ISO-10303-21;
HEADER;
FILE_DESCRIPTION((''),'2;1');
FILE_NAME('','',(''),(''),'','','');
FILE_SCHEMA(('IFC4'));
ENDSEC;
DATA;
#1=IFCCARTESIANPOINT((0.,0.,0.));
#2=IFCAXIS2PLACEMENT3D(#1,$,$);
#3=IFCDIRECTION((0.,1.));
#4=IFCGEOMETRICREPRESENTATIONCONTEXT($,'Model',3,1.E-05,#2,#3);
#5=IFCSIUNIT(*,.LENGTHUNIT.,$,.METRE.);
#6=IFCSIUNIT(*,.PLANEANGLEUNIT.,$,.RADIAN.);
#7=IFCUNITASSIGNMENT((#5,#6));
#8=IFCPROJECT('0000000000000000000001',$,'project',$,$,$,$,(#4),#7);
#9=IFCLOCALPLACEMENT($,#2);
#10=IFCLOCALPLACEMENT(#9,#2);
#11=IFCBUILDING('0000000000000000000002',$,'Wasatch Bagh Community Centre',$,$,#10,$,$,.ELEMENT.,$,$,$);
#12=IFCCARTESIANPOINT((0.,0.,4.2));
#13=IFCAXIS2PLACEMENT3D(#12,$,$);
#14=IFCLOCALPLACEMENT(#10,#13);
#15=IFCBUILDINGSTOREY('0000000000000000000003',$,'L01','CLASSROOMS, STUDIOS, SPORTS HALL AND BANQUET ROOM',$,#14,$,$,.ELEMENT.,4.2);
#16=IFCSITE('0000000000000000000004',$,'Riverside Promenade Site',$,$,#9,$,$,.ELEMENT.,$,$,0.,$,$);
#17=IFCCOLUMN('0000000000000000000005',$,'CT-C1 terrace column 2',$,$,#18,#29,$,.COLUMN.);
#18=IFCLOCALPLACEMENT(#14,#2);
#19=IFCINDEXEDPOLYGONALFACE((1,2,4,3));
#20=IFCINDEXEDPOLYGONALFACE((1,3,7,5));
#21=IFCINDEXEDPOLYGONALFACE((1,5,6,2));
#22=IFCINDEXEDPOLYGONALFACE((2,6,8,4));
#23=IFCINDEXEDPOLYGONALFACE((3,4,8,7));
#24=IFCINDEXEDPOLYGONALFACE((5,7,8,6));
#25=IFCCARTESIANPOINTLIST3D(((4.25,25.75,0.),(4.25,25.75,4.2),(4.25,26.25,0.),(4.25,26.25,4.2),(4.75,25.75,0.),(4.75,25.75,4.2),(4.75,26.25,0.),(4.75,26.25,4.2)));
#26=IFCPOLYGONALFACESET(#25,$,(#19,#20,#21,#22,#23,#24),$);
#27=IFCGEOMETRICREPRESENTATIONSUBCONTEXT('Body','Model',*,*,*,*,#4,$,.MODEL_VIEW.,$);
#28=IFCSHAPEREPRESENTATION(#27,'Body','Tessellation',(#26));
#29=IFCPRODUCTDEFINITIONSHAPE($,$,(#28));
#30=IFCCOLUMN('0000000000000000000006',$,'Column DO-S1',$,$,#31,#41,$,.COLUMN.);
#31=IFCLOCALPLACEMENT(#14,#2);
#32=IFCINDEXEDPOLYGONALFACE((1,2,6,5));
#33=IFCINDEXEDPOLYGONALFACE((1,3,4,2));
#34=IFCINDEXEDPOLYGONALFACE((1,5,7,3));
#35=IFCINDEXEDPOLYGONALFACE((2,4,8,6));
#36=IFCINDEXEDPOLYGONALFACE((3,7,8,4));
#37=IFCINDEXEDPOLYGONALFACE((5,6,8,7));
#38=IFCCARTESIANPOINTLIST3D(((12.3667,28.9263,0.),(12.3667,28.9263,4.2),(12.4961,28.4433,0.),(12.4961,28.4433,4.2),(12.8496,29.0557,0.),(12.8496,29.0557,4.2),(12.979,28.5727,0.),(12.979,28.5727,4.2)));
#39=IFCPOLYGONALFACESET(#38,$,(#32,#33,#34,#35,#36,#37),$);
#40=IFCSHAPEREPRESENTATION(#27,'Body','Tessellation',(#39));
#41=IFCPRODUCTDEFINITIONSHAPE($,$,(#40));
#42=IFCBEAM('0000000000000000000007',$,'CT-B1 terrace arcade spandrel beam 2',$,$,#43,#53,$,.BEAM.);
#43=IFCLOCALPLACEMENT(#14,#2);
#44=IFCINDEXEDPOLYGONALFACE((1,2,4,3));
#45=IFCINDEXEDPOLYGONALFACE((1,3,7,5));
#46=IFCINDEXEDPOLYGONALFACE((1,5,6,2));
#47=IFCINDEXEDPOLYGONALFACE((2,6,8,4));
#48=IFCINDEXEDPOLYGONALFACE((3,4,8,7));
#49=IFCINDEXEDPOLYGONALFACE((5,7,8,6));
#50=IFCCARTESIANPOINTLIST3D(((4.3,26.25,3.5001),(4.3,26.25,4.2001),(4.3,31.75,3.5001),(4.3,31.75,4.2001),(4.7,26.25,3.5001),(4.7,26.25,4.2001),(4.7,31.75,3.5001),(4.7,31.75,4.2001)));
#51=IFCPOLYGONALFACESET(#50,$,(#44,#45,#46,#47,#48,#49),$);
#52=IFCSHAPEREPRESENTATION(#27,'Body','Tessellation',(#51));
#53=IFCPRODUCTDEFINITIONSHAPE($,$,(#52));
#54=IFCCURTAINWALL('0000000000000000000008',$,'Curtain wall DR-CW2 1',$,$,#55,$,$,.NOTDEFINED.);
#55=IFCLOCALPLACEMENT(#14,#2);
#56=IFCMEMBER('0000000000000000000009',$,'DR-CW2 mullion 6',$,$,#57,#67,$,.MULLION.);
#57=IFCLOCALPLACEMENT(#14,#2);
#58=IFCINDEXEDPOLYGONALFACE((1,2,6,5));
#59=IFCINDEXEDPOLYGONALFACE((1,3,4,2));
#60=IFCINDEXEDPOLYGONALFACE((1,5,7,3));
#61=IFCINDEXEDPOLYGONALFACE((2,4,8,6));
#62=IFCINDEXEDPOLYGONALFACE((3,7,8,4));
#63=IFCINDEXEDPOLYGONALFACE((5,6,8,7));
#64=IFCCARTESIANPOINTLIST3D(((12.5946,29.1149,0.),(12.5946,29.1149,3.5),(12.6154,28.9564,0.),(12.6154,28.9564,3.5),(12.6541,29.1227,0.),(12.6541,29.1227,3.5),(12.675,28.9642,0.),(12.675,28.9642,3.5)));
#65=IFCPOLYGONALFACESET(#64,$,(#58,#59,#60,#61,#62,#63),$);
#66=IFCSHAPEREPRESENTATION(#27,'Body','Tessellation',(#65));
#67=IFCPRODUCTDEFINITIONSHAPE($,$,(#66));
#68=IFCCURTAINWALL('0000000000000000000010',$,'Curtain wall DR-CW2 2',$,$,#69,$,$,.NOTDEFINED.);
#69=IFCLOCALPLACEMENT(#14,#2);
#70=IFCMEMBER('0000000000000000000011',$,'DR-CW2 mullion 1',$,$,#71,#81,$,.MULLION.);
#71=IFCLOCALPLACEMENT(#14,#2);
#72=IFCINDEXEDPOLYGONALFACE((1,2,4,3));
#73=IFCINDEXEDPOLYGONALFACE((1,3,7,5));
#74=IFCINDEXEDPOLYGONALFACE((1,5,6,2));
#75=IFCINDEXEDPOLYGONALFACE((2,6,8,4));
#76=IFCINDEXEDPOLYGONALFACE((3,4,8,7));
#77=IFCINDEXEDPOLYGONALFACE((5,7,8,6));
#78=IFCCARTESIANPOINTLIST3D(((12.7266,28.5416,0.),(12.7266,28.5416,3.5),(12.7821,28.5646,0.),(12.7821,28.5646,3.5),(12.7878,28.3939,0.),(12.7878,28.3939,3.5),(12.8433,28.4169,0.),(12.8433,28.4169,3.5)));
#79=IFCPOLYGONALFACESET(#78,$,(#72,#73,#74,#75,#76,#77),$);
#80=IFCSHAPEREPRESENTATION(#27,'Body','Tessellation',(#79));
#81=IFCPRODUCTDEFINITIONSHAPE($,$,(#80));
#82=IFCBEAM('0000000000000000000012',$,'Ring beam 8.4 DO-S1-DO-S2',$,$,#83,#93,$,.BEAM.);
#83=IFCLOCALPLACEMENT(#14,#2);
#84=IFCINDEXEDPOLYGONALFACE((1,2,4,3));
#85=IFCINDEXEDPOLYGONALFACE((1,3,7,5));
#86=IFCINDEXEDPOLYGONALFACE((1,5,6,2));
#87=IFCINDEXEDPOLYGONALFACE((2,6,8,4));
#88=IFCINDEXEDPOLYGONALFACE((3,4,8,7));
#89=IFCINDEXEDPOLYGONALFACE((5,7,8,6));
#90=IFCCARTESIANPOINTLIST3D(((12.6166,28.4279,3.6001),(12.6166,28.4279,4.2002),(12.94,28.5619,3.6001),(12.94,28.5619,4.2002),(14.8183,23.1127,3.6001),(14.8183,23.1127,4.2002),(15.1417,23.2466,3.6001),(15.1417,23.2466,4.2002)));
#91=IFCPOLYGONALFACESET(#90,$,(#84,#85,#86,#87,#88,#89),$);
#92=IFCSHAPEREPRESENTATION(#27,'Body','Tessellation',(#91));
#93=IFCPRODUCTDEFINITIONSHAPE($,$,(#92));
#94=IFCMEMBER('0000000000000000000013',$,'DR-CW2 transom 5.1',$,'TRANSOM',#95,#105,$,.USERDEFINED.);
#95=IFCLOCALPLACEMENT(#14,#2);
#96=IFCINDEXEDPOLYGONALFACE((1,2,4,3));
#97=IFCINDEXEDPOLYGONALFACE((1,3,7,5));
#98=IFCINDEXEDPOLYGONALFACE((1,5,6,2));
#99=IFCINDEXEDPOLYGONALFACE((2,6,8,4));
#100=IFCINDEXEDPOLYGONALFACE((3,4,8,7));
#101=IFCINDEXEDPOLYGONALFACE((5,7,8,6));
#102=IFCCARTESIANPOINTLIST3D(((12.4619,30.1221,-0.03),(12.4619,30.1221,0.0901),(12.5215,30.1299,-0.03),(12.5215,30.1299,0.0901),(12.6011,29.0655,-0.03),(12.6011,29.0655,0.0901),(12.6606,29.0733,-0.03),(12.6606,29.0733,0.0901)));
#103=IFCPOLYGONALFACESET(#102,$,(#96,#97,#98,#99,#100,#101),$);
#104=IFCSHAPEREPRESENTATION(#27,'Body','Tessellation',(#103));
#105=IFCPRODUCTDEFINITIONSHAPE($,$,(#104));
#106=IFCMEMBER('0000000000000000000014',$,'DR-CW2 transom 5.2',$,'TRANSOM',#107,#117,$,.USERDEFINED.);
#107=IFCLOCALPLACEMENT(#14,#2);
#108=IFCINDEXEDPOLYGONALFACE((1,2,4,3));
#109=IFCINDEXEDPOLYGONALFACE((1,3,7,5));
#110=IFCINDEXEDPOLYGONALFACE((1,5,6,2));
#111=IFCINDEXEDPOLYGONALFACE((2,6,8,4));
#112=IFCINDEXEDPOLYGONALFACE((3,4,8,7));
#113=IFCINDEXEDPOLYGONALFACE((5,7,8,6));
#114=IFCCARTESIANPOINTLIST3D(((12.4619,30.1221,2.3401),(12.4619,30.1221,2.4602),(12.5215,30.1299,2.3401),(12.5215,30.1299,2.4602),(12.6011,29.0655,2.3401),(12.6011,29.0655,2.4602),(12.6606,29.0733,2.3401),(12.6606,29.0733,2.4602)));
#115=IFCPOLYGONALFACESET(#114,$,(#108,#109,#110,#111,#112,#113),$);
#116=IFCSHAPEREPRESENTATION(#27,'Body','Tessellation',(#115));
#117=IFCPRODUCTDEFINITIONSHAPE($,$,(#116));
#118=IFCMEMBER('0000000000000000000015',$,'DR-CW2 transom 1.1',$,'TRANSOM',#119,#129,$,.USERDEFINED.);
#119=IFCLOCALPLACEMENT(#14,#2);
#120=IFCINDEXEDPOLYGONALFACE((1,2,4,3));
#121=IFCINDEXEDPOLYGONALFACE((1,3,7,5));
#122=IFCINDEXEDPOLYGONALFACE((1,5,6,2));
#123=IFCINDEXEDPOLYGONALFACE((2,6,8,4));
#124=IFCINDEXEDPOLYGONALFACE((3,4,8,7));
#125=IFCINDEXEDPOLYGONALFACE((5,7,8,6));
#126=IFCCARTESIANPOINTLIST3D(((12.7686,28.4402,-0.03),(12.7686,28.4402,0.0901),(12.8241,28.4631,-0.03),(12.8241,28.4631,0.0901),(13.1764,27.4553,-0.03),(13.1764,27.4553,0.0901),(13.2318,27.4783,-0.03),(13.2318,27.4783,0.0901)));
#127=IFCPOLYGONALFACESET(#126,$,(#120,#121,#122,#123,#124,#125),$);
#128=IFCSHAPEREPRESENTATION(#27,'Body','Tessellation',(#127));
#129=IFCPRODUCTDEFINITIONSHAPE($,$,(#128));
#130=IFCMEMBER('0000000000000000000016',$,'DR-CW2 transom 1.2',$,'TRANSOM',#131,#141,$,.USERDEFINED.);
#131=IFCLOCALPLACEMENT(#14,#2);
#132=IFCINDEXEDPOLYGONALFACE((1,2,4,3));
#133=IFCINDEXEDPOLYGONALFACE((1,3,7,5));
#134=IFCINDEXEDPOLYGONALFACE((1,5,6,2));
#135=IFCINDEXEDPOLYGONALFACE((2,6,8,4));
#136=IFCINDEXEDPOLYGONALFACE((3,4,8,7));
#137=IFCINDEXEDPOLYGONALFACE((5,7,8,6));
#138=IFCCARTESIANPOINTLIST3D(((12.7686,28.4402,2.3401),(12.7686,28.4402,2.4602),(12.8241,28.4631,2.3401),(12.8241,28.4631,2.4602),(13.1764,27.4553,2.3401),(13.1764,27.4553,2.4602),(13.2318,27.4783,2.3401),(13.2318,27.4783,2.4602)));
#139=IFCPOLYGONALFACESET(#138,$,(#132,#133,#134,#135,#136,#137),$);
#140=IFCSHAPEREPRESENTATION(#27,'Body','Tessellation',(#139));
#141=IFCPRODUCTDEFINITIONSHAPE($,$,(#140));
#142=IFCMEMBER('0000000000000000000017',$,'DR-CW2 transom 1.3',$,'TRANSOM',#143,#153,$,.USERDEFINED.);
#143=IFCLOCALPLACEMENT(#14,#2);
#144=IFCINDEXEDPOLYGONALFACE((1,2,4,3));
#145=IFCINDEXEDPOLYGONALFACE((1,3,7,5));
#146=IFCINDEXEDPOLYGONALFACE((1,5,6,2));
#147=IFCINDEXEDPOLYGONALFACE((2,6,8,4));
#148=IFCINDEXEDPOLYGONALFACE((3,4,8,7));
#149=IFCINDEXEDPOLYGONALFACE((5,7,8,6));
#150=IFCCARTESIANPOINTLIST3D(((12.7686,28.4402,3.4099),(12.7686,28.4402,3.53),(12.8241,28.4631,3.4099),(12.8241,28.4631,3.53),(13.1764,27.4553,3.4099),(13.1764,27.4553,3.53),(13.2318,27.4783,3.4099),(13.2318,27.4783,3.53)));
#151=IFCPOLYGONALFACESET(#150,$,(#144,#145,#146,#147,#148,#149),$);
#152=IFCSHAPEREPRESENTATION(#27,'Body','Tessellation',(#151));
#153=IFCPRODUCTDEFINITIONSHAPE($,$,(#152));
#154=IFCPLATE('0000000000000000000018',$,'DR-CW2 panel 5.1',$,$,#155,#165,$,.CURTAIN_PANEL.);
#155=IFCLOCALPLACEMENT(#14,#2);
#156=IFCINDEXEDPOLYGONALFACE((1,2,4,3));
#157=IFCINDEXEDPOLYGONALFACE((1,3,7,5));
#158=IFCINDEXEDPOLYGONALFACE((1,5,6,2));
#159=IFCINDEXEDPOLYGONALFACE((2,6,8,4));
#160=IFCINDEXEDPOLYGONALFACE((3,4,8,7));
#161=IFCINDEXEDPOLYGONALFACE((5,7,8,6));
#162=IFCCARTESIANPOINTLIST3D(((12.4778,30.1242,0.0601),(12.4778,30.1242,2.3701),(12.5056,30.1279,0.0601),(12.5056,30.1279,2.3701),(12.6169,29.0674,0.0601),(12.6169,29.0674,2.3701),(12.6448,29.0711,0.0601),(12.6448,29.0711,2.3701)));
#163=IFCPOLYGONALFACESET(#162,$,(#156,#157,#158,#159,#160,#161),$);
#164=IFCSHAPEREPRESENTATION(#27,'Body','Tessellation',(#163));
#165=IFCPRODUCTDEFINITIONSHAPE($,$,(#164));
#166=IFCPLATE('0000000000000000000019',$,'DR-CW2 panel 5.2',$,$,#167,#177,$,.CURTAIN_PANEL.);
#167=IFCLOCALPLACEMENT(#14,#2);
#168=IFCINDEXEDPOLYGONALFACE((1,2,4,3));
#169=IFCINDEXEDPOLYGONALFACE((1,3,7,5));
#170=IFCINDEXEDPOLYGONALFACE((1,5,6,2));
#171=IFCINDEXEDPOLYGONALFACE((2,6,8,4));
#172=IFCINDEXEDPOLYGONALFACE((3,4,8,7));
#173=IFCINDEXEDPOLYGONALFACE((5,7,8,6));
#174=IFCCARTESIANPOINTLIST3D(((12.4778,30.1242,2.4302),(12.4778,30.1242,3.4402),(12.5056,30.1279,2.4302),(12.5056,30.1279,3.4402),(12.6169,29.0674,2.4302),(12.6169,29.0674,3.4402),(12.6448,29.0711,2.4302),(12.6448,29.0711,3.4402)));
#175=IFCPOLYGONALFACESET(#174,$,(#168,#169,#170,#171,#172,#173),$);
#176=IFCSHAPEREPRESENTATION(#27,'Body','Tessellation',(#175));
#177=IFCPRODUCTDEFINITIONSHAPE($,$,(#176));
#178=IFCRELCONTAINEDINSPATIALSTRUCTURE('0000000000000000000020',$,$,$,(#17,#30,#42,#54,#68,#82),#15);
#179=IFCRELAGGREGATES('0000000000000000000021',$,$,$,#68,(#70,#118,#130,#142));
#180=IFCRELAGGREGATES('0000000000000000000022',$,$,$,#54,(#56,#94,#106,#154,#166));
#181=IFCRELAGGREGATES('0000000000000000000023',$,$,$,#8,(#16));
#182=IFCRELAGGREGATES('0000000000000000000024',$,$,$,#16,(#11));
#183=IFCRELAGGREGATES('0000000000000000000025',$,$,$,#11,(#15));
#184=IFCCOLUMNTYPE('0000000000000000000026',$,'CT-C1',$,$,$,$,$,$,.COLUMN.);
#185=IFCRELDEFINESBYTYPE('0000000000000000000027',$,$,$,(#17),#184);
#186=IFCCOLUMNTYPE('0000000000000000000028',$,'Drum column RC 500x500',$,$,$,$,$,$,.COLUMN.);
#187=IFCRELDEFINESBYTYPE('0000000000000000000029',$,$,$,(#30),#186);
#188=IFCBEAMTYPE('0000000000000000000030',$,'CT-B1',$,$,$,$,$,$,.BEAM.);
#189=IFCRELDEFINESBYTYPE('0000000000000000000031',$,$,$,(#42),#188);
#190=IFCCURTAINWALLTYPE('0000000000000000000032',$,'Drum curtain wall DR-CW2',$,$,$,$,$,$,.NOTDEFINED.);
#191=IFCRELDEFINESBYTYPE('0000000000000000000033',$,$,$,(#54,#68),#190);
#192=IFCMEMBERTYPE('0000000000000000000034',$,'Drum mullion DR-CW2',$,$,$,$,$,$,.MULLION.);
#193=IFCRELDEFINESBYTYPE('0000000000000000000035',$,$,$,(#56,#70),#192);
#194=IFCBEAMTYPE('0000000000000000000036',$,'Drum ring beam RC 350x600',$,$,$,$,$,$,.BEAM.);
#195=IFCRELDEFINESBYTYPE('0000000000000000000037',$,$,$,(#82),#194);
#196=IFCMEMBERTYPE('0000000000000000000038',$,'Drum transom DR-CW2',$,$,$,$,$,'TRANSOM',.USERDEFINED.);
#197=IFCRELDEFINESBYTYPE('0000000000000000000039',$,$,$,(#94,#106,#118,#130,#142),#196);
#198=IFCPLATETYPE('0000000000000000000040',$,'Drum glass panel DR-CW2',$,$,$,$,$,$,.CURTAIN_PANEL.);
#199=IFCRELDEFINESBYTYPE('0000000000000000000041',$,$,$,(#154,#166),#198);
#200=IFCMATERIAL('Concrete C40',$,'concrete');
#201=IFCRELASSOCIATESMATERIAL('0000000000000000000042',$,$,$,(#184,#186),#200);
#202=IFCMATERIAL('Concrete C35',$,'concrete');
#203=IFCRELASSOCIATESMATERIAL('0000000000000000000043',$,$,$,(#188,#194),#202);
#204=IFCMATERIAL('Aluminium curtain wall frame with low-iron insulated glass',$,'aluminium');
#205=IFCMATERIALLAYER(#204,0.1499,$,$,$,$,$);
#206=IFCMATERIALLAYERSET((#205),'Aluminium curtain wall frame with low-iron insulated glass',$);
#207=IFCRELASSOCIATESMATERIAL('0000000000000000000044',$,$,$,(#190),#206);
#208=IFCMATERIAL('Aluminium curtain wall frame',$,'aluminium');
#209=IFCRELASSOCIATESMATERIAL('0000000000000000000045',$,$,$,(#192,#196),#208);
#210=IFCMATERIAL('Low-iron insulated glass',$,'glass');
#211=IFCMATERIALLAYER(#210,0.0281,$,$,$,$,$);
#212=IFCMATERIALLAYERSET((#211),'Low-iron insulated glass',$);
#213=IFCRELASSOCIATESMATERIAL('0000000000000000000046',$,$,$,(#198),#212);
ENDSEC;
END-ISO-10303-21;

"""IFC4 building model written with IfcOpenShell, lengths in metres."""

from ifc_helpers import new_model, si_unit, direction, frame, origin, origin_2d, place, context, subcontext, project, spatial, rectangle, extrude, material, layer, layer_set, material_profile, profile_set, type_object, element, aggregate, save


model = new_model("IFC4")

# Units and contexts
model_context = context("Model", 3, precision=1e-05, world=origin(), true_north=direction((0.0, 1.0)))
body_context = subcontext(model_context, "Body", "Model", "MODEL_VIEW")
ifc_project = project(units=[si_unit("LENGTHUNIT", "METRE"), si_unit("PLANEANGLEUNIT", "RADIAN")], contexts=[model_context])

# Site, building, storey
site_placement = place(None, origin())
site = spatial("IfcSite", under=ifc_project, at=site_placement, Name="Riverside Promenade Site", CompositionType="ELEMENT", RefElevation=0.0)
building_placement = place(site_placement, origin())
building = spatial("IfcBuilding", under=site, at=building_placement, Name="Wasatch Bagh Community Centre", CompositionType="ELEMENT")
storey_placement = place(building_placement, frame((0.0, 0.0, 4.2)))
storey = spatial("IfcBuildingStorey", under=building, at=storey_placement, Name="L01", Description="CLASSROOMS, STUDIOS, SPORTS HALL AND BANQUET ROOM", CompositionType="ELEMENT", Elevation=4.2)

# Columns
ifc_material_1 = material(Name="Concrete C40", Category="concrete")
ifc_material_profile_1 = material_profile(ifc_material_1, rectangle(XDim=0.5, YDim=0.5, at=origin_2d()), Name="RC 500x500")
ifc_profile_set_1 = profile_set([ifc_material_profile_1], Name="Concrete C40")
column_type_1 = type_object("IfcColumnType", Name="CT-C1", PredefinedType="COLUMN", material=ifc_profile_set_1)
column_1_placement = place(storey_placement, frame((4.5, 26.0, 0.0), z_axis=(0.0, 0.0, 1.0), x_axis=(1.0, 0.0, 0.0)))
element("IfcColumn", 1, at=column_1_placement, inside=storey, type_object=column_type_1, Name="CT-C1 terrace column 2", PredefinedType="COLUMN", context=body_context, shape_type="SweptSolid", body=[
    extrude(rectangle(XDim=0.5, YDim=0.5, at=origin_2d()), origin(), (0.0, 0.0, 1.0), 4.2),
])
ifc_material_profile_2 = material_profile(ifc_material_1, rectangle(XDim=0.5, YDim=0.5, at=origin_2d()), Name="RC 500x500")
ifc_profile_set_2 = profile_set([ifc_material_profile_2], Name="Concrete C40")
column_type_2 = type_object("IfcColumnType", Name="Drum column RC 500x500", PredefinedType="COLUMN", material=ifc_profile_set_2)
column_2_placement = place(storey_placement, frame((12.6729, 28.7495, 0.0), z_axis=(0.0, 0.0, 1.0), x_axis=(0.965926, 0.258819, 0.0)))
element("IfcColumn", 2, at=column_2_placement, inside=storey, type_object=column_type_2, Name="Column DO-S1", PredefinedType="COLUMN", context=body_context, shape_type="SweptSolid", body=[
    extrude(rectangle(XDim=0.5, YDim=0.5, at=origin_2d()), origin(), (0.0, 0.0, 1.0), 4.2),
])

# Beam
ifc_material_2 = material(Name="Concrete C35", Category="concrete")
ifc_material_profile_3 = material_profile(ifc_material_2, rectangle(XDim=0.3999, YDim=0.7, at=origin_2d()), Name="RC 400x700")
ifc_profile_set_3 = profile_set([ifc_material_profile_3], Name="Concrete C35")
beam_type_1 = type_object("IfcBeamType", Name="CT-B1", PredefinedType="BEAM", material=ifc_profile_set_3)
beam_1_placement = place(storey_placement, frame((4.5, 26.25, 3.8501), z_axis=(0.0, 1.0, 0.0), x_axis=(-1.0, 0.0, 0.0)))
element("IfcBeam", 3, at=beam_1_placement, inside=storey, type_object=beam_type_1, Name="CT-B1 terrace arcade spandrel beam 2", PredefinedType="BEAM", context=body_context, shape_type="SweptSolid", body=[
    extrude(rectangle(XDim=0.3999, YDim=0.7, at=origin_2d()), origin(), (0.0, 0.0, 1.0), 5.5),
])

# Curtain walls, members
ifc_material_3 = material(Name="Aluminium curtain wall frame with low-iron insulated glass", Category="aluminium")
ifc_layer_1 = layer(ifc_material_3, 0.1499)
ifc_layer_set_1 = layer_set([ifc_layer_1], Name="Aluminium curtain wall frame with low-iron insulated glass")
curtain_wall_type = type_object("IfcCurtainWallType", Name="Drum curtain wall DR-CW2", PredefinedType="NOTDEFINED", material=ifc_layer_set_1)
curtain_wall_1_placement = place(storey_placement, origin())
curtain_wall_1 = element("IfcCurtainWall", 4, at=curtain_wall_1_placement, inside=storey, type_object=curtain_wall_type, Name="Curtain wall DR-CW2 1", PredefinedType="NOTDEFINED")
ifc_material_4 = material(Name="Aluminium curtain wall frame", Category="aluminium")
ifc_material_profile_4 = material_profile(ifc_material_4, rectangle(XDim=0.0601, YDim=0.1599, at=origin_2d()), Name="Drum mullion DR-CW2")
ifc_profile_set_4 = profile_set([ifc_material_profile_4], Name="Aluminium curtain wall frame")
member_type_1 = type_object("IfcMemberType", Name="Drum mullion DR-CW2", PredefinedType="MULLION", material=ifc_profile_set_4)
member_1_placement = place(storey_placement, frame((12.6348, 29.0396, 0.0), z_axis=(0.0, 0.0, 1.0), x_axis=(0.991445, 0.130526, 0.0)))
member_1 = element("IfcMember", 5, at=member_1_placement, type_object=member_type_1, Name="DR-CW2 mullion 6", PredefinedType="MULLION", context=body_context, shape_type="SweptSolid", body=[
    extrude(rectangle(XDim=0.0601, YDim=0.1599, at=origin_2d()), origin(), (0.0, 0.0, 1.0), 3.5),
])
curtain_wall_2_placement = place(storey_placement, origin())
curtain_wall_2 = element("IfcCurtainWall", 6, at=curtain_wall_2_placement, inside=storey, type_object=curtain_wall_type, Name="Curtain wall DR-CW2 2", PredefinedType="NOTDEFINED")
member_2_placement = place(storey_placement, frame((12.7849, 28.4792, 0.0), z_axis=(0.0, 0.0, 1.0), x_axis=(0.92388, 0.382683, 0.0)))
member_2 = element("IfcMember", 7, at=member_2_placement, type_object=member_type_1, Name="DR-CW2 mullion 1", PredefinedType="MULLION", context=body_context, shape_type="SweptSolid", body=[
    extrude(rectangle(XDim=0.0601, YDim=0.1599, at=origin_2d()), origin(), (0.0, 0.0, 1.0), 3.5),
])

# Beam
ifc_material_profile_5 = material_profile(ifc_material_2, rectangle(XDim=0.3501, YDim=0.6001, at=origin_2d()), Name="RC 350x600")
ifc_profile_set_5 = profile_set([ifc_material_profile_5], Name="Concrete C35")
beam_type_2 = type_object("IfcBeamType", Name="Drum ring beam RC 350x600", PredefinedType="BEAM", material=ifc_profile_set_5)
beam_2_placement = place(storey_placement, frame((12.7783, 28.4949, 3.9001), z_axis=(0.382689, -0.923877, 0.0), x_axis=(0.923877, 0.382689, 0.0)))
element("IfcBeam", 8, at=beam_2_placement, inside=storey, type_object=beam_type_2, Name="Ring beam 8.4 DO-S1-DO-S2", PredefinedType="BEAM", context=body_context, shape_type="SweptSolid", body=[
    extrude(rectangle(XDim=0.3501, YDim=0.6001, at=origin_2d()), origin(), (0.0, 0.0, 1.0), 5.7532),
])

# Members
ifc_material_profile_6 = material_profile(ifc_material_4, rectangle(XDim=0.0601, YDim=0.1201, at=origin_2d()), Name="Drum transom DR-CW2")
ifc_profile_set_6 = profile_set([ifc_material_profile_6], Name="Aluminium curtain wall frame")
member_type_2 = type_object("IfcMemberType", Name="Drum transom DR-CW2", ElementType="TRANSOM", PredefinedType="USERDEFINED", material=ifc_profile_set_6)
member_3_placement = place(storey_placement, frame((12.4917, 30.126, 0.03), z_axis=(0.130573, -0.991439, 0.0), x_axis=(0.991439, 0.130573, 0.0)))
member_3 = element("IfcMember", 9, at=member_3_placement, type_object=member_type_2, Name="DR-CW2 transom 5.1", ObjectType="TRANSOM", PredefinedType="USERDEFINED", context=body_context, shape_type="SweptSolid", body=[
    extrude(rectangle(XDim=0.0601, YDim=0.1201, at=origin_2d()), origin(), (0.0, 0.0, 1.0), 1.0657),
])
member_4_placement = place(storey_placement, frame((12.4917, 30.126, 2.4001), z_axis=(0.130573, -0.991439, 0.0), x_axis=(0.991439, 0.130573, 0.0)))
member_4 = element("IfcMember", 10, at=member_4_placement, type_object=member_type_2, Name="DR-CW2 transom 5.2", ObjectType="TRANSOM", PredefinedType="USERDEFINED", context=body_context, shape_type="SweptSolid", body=[
    extrude(rectangle(XDim=0.0601, YDim=0.1201, at=origin_2d()), origin(), (0.0, 0.0, 1.0), 1.0657),
])
member_5_placement = place(storey_placement, frame((12.7964, 28.4517, 0.03), z_axis=(0.3825, -0.923955, 0.0), x_axis=(0.923955, 0.3825, 0.0)))
member_5 = element("IfcMember", 11, at=member_5_placement, type_object=member_type_2, Name="DR-CW2 transom 1.1", ObjectType="TRANSOM", PredefinedType="USERDEFINED", context=body_context, shape_type="SweptSolid", body=[
    extrude(rectangle(XDim=0.0601, YDim=0.1201, at=origin_2d()), origin(), (0.0, 0.0, 1.0), 1.0659),
])
member_6_placement = place(storey_placement, frame((12.7964, 28.4517, 2.4001), z_axis=(0.3825, -0.923955, 0.0), x_axis=(0.923955, 0.3825, 0.0)))
member_6 = element("IfcMember", 12, at=member_6_placement, type_object=member_type_2, Name="DR-CW2 transom 1.2", ObjectType="TRANSOM", PredefinedType="USERDEFINED", context=body_context, shape_type="SweptSolid", body=[
    extrude(rectangle(XDim=0.0601, YDim=0.1201, at=origin_2d()), origin(), (0.0, 0.0, 1.0), 1.0659),
])
member_7_placement = place(storey_placement, frame((12.7964, 28.4517, 3.47), z_axis=(0.3825, -0.923955, 0.0), x_axis=(0.923955, 0.3825, 0.0)))
member_7 = element("IfcMember", 13, at=member_7_placement, type_object=member_type_2, Name="DR-CW2 transom 1.3", ObjectType="TRANSOM", PredefinedType="USERDEFINED", context=body_context, shape_type="SweptSolid", body=[
    extrude(rectangle(XDim=0.0601, YDim=0.1201, at=origin_2d()), origin(), (0.0, 0.0, 1.0), 1.0659),
])
aggregate(curtain_wall_2, [member_2, member_5, member_6, member_7])

# Plates
ifc_material_5 = material(Name="Low-iron insulated glass", Category="glass")
ifc_layer_2 = layer(ifc_material_5, 0.0281)
ifc_layer_set_2 = layer_set([ifc_layer_2], Name="Low-iron insulated glass")
plate_type = type_object("IfcPlateType", Name="Drum glass panel DR-CW2", PredefinedType="CURTAIN_PANEL", material=ifc_layer_set_2)
plate_1_placement = place(storey_placement, frame((12.5613, 29.5977, 0.0601), z_axis=(0.0, 0.0, 1.0), x_axis=(0.130526, -0.991445, 0.0)))
plate_1 = element("IfcPlate", 14, at=plate_1_placement, type_object=plate_type, Name="DR-CW2 panel 5.1", PredefinedType="CURTAIN_PANEL", context=body_context, shape_type="SweptSolid", body=[
    extrude(rectangle(XDim=1.0659, YDim=0.0281, at=origin_2d()), origin(), (0.0, 0.0, 1.0), 2.3101),
])
plate_2_placement = place(storey_placement, frame((12.5613, 29.5977, 2.4302), z_axis=(0.0, 0.0, 1.0), x_axis=(0.130526, -0.991445, 0.0)))
plate_2 = element("IfcPlate", 15, at=plate_2_placement, type_object=plate_type, Name="DR-CW2 panel 5.2", PredefinedType="CURTAIN_PANEL", context=body_context, shape_type="SweptSolid", body=[
    extrude(rectangle(XDim=1.0659, YDim=0.0281, at=origin_2d()), origin(), (0.0, 0.0, 1.0), 1.01),
])
aggregate(curtain_wall_1, [member_1, member_3, member_4, plate_1, plate_2])

save(model, "model.ifc")
